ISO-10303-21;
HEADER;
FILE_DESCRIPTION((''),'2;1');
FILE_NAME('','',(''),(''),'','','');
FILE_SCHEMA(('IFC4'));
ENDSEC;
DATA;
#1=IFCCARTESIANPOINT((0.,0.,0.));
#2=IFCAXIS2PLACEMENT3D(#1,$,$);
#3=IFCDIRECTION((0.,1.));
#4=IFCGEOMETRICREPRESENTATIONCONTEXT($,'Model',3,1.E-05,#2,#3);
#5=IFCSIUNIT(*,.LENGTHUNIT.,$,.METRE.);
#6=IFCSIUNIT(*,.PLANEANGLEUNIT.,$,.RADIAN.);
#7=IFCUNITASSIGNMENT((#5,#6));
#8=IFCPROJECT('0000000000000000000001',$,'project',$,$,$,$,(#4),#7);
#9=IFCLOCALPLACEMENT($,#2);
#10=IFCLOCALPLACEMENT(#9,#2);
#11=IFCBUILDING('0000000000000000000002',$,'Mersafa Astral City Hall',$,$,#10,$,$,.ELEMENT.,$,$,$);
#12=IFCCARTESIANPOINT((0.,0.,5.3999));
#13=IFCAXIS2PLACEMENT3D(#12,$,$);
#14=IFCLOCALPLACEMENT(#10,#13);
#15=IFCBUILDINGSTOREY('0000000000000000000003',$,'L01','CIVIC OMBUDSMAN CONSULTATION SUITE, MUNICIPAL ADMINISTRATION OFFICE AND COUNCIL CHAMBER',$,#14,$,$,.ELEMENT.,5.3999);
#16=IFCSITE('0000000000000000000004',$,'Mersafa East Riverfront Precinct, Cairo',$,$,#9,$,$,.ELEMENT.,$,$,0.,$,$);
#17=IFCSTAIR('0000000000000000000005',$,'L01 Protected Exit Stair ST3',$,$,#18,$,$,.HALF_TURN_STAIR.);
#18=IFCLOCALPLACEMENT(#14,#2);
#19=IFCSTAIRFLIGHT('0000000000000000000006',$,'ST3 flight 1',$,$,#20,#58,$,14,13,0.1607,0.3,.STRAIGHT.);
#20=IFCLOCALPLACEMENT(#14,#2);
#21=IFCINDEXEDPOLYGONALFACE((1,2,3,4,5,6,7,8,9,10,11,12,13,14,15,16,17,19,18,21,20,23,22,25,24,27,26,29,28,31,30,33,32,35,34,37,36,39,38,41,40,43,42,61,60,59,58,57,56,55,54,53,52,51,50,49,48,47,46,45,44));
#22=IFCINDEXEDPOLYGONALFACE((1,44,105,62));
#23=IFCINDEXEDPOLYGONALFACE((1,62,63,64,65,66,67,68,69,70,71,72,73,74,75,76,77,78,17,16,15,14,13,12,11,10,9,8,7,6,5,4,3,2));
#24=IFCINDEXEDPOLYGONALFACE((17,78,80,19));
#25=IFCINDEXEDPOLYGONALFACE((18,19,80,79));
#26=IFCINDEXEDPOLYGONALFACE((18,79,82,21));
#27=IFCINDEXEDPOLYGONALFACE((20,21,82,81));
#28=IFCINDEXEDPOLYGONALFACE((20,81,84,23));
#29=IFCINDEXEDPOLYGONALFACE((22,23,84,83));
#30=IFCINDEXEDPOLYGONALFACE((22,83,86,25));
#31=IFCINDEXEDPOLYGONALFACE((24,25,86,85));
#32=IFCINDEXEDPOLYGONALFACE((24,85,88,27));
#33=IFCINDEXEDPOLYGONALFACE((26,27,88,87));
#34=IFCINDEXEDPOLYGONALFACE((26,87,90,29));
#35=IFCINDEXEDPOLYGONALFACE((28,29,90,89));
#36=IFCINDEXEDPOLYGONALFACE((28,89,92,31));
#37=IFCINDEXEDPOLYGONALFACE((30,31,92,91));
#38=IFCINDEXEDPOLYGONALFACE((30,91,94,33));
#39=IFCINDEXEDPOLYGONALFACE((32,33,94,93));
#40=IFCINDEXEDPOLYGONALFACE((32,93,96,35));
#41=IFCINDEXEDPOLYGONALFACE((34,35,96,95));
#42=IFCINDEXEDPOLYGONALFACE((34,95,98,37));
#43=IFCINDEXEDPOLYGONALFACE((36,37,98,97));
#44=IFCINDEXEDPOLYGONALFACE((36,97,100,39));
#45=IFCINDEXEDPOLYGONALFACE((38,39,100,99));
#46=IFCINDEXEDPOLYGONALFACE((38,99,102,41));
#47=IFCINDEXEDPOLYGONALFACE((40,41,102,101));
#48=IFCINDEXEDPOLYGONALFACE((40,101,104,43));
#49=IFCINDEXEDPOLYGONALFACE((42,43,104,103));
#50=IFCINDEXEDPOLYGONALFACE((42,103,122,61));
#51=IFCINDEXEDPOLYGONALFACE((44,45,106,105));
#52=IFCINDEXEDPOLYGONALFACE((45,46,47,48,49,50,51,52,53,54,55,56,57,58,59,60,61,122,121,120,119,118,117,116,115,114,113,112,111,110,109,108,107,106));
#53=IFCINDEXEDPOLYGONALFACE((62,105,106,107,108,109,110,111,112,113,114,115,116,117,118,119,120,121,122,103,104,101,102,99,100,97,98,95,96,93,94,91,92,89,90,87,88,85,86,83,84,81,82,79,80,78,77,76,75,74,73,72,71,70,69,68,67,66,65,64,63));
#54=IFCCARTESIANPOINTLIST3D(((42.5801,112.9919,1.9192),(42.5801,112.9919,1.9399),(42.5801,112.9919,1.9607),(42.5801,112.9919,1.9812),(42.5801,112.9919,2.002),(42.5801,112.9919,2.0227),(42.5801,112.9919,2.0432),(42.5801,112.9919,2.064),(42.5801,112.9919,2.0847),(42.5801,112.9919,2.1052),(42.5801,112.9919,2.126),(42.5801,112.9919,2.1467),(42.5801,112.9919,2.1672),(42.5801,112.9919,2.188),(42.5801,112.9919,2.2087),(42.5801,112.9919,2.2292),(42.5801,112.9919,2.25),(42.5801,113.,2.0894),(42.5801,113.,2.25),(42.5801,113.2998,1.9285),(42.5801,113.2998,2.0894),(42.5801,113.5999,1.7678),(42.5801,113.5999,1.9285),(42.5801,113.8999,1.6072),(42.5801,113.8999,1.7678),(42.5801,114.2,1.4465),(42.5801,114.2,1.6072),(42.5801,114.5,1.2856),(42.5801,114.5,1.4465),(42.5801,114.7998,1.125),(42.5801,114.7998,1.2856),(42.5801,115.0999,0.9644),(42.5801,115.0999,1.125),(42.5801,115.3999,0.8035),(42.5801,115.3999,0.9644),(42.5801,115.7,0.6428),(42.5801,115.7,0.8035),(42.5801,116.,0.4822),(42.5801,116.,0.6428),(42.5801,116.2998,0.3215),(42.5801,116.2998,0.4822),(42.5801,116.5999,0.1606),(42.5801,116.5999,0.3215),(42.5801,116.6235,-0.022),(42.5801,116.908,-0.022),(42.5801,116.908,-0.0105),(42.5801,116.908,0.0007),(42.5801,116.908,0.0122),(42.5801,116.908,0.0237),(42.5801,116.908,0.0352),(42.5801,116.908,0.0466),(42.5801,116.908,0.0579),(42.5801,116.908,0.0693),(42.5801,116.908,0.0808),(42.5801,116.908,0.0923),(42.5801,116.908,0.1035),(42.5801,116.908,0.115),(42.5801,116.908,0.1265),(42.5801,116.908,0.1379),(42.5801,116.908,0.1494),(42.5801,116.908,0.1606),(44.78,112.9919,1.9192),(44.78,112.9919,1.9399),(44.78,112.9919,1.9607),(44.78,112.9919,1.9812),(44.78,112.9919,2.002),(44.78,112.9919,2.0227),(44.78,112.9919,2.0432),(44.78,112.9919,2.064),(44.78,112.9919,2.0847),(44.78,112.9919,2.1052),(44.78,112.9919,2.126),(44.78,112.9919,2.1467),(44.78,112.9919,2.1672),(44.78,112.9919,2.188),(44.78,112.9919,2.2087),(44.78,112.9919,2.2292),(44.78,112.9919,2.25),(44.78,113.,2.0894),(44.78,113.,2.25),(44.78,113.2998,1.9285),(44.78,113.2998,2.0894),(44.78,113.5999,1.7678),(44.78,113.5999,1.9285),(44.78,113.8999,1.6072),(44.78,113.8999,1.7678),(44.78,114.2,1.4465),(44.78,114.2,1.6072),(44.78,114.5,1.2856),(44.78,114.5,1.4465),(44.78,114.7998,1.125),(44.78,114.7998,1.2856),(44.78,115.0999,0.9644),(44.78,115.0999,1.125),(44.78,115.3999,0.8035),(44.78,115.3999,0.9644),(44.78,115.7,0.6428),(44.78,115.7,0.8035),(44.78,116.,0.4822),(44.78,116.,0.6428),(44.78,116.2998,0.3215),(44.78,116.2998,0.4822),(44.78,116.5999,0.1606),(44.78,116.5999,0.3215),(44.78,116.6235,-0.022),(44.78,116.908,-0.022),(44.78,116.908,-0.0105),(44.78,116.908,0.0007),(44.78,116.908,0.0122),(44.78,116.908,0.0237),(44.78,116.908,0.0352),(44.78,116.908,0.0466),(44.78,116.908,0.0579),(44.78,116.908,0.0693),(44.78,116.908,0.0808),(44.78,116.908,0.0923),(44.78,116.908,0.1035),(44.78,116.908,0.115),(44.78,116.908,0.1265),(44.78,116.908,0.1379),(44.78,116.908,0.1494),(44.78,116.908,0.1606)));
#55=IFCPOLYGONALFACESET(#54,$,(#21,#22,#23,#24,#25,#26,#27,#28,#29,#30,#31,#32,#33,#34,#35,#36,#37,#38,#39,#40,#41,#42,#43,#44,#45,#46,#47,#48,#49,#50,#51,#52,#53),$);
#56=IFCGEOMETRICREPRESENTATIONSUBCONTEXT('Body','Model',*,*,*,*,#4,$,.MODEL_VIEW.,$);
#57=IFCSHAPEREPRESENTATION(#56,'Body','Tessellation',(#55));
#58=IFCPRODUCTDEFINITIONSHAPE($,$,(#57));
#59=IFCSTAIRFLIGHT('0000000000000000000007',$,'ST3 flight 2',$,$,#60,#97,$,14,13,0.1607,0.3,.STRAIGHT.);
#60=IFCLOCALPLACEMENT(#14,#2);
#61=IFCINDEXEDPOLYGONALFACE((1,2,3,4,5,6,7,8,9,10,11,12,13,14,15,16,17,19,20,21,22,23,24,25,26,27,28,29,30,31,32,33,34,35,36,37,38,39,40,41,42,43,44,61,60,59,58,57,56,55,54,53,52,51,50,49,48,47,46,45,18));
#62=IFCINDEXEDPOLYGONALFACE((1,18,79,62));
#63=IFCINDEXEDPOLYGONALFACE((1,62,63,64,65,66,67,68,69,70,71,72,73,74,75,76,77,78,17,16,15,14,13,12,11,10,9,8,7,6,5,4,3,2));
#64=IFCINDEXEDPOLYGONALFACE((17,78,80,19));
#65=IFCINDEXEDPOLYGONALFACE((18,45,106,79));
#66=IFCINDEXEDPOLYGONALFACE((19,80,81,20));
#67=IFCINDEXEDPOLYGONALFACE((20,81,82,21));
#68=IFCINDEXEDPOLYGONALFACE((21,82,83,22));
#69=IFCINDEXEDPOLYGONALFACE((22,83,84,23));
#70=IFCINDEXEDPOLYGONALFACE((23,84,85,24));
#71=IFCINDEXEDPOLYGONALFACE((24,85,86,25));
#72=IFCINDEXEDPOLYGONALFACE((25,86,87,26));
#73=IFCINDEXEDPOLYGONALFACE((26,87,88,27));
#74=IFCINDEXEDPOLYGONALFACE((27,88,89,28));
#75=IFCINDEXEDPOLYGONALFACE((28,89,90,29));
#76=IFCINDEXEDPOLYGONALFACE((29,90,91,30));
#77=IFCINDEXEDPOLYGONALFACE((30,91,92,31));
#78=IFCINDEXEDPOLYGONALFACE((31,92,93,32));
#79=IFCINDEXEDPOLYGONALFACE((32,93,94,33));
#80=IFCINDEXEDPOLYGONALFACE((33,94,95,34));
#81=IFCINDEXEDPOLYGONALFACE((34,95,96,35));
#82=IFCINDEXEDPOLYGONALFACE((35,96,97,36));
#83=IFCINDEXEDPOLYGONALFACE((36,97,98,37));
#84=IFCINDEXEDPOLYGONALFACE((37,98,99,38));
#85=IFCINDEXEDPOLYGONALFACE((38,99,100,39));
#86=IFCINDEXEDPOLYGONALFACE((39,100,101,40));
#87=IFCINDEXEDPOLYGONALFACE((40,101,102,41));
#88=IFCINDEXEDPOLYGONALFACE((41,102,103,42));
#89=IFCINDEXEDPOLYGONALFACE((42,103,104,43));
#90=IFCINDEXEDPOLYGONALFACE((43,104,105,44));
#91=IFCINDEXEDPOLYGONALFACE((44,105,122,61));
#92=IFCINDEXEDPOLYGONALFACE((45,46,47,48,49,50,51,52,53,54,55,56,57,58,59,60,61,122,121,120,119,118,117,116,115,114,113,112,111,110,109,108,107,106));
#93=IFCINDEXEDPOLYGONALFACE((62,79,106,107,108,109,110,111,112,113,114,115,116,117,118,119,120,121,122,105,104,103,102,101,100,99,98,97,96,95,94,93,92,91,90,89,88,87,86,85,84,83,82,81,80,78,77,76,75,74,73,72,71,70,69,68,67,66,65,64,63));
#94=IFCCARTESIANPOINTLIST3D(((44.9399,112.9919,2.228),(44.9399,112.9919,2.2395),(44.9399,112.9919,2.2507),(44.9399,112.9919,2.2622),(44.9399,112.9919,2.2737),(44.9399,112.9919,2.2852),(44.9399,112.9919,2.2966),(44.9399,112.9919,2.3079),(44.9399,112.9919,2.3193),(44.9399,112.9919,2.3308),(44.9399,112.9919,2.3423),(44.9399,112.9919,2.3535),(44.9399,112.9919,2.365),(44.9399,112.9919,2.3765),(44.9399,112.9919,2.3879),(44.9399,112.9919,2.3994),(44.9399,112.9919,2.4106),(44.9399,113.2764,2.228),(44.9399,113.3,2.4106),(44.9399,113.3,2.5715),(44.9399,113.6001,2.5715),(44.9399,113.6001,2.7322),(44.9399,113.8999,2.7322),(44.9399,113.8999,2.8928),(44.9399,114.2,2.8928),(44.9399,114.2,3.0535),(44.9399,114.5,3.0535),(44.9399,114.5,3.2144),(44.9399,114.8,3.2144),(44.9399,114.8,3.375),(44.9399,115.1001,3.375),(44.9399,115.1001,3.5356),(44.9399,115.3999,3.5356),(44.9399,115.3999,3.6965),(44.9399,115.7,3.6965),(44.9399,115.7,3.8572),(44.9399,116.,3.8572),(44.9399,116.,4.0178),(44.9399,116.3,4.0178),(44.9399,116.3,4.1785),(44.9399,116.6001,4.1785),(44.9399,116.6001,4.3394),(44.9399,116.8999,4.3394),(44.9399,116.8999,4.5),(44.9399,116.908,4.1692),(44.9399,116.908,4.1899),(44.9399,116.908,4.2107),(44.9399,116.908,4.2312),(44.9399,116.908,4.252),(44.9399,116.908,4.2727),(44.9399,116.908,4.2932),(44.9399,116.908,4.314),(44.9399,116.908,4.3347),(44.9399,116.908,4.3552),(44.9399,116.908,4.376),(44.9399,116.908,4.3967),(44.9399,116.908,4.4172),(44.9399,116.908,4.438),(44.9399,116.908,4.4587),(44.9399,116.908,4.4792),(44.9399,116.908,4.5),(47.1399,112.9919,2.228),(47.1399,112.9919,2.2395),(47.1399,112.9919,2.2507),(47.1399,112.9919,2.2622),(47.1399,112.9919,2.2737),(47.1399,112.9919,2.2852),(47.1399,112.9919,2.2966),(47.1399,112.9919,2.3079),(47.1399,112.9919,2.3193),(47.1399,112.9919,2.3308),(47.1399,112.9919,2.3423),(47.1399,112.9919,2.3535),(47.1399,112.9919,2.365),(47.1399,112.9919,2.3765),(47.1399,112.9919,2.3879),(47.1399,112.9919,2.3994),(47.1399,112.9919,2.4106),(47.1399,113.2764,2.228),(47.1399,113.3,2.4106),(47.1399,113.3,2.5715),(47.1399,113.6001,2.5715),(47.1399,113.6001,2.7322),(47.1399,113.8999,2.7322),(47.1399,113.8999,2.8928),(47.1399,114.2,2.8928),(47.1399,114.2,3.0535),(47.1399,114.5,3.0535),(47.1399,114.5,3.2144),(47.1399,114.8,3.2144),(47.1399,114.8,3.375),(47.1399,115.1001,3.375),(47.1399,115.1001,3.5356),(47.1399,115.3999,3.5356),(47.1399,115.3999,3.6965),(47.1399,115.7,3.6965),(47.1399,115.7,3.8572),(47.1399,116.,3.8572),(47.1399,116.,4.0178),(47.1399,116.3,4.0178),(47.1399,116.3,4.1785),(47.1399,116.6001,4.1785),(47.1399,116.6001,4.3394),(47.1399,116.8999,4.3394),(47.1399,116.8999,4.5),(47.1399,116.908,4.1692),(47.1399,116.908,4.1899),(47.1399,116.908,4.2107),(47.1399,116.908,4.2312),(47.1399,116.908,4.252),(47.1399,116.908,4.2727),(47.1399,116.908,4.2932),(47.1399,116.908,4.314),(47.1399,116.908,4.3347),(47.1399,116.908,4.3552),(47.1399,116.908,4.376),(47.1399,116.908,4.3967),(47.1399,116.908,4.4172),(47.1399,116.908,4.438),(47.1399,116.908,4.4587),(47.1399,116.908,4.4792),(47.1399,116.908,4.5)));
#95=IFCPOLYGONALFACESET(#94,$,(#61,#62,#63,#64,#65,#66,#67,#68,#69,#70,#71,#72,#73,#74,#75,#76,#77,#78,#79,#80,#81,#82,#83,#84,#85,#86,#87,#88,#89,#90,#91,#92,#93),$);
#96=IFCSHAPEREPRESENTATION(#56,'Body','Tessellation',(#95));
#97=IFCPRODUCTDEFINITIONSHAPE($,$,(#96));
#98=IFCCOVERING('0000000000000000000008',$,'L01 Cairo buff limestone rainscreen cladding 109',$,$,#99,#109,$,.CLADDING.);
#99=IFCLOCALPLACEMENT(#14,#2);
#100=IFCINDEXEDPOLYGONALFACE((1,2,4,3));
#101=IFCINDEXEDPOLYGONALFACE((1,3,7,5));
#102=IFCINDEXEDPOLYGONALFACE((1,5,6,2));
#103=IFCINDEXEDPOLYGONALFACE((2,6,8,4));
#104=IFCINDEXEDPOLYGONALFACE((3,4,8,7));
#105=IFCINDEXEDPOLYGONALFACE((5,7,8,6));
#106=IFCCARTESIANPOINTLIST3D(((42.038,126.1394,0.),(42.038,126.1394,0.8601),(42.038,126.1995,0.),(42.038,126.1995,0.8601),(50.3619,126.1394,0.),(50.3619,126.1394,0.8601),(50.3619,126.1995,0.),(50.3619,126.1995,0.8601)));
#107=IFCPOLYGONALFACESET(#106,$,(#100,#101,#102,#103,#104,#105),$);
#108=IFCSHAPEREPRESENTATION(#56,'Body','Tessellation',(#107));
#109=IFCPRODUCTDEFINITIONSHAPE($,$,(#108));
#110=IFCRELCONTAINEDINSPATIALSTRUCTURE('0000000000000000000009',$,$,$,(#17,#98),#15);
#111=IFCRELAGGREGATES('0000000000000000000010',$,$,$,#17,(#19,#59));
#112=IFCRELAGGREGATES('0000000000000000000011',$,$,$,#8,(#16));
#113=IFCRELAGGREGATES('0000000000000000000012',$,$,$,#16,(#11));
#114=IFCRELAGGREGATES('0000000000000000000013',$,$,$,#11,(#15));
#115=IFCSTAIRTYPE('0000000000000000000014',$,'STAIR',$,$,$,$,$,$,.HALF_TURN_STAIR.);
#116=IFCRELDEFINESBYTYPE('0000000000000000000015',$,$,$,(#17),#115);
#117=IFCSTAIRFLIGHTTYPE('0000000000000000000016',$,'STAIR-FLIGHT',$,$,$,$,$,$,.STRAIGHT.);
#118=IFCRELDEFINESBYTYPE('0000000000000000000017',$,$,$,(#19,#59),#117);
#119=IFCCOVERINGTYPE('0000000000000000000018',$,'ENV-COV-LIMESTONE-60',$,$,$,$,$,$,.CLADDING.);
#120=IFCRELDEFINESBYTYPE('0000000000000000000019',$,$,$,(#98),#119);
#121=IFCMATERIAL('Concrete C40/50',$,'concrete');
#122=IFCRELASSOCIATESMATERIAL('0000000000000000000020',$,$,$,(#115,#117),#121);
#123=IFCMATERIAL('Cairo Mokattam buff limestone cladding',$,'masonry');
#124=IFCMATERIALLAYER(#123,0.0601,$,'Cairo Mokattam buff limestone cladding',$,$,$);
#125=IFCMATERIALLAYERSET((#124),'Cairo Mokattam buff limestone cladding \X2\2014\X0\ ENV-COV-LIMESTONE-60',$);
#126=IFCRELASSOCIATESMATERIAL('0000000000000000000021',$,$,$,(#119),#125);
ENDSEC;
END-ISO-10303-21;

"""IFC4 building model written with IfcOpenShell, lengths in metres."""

from ifc_helpers import new_model, si_unit, direction, frame, origin, origin_2d, place, context, subcontext, project, spatial, polyline, rectangle, outline, extrude, material, layer, layer_set, type_object, element, aggregate, save


model = new_model("IFC4")

# Units and contexts
model_context = context("Model", 3, precision=1e-05, world=origin(), true_north=direction((0.0, 1.0)))
body_context = subcontext(model_context, "Body", "Model", "MODEL_VIEW")
ifc_project = project(units=[si_unit("LENGTHUNIT", "METRE"), si_unit("PLANEANGLEUNIT", "RADIAN")], contexts=[model_context])

# Site, building, storey
site_placement = place(None, origin())
site = spatial("IfcSite", under=ifc_project, at=site_placement, Name="Mersafa East Riverfront Precinct, Cairo", CompositionType="ELEMENT", RefElevation=0.0)
building_placement = place(site_placement, origin())
building = spatial("IfcBuilding", under=site, at=building_placement, Name="Mersafa Astral City Hall", CompositionType="ELEMENT")
storey_placement = place(building_placement, frame((0.0, 0.0, 5.3999)))
storey = spatial("IfcBuildingStorey", under=building, at=storey_placement, Name="L01", Description="CIVIC OMBUDSMAN CONSULTATION SUITE, MUNICIPAL ADMINISTRATION OFFICE AND COUNCIL CHAMBER", CompositionType="ELEMENT", Elevation=5.3999)

# Shared definitions
ifc_material_1 = material(Name="Concrete C40/50", Category="concrete")

# Stair, stair flights
stair_type = type_object("IfcStairType", Name="STAIR", PredefinedType="HALF_TURN_STAIR", material=ifc_material_1)
stair_placement = place(storey_placement, origin())
stair = element("IfcStair", 1, at=stair_placement, inside=storey, type_object=stair_type, Name="L01 Protected Exit Stair ST3", PredefinedType="HALF_TURN_STAIR")
stair_flight_type = type_object("IfcStairFlightType", Name="STAIR-FLIGHT", PredefinedType="STRAIGHT", material=ifc_material_1)
stair_flight_1_placement = place(storey_placement, frame((43.6799, 116.8999, 0.0), z_axis=(0.0, 0.0, 1.0), x_axis=(0.0, -1.0, 0.0)))
stair_flight_1 = element("IfcStairFlight", 2, at=stair_flight_1_placement, type_object=stair_flight_type, Name="ST3 flight 1", NumberOfRisers=14, NumberOfTreads=13, PredefinedType="STRAIGHT", RiserHeight=0.1607, TreadLength=0.3, context=body_context, shape_type="SweptSolid", body=[
    extrude(outline(polyline([(-0.0081, -0.022), (-0.0081, -0.0105), (-0.0081, 0.0007), (-0.0081, 0.0122), (-0.0081, 0.0237), (-0.0081, 0.0352), (-0.0081, 0.0466), (-0.0081, 0.0579), (-0.0081, 0.0693), (-0.0081, 0.0808), (-0.0081, 0.0923), (-0.0081, 0.1035), (-0.0081, 0.115), (-0.0081, 0.1265), (-0.0081, 0.1379), (-0.0081, 0.1494), (-0.0081, 0.1606), (0.3, 0.1606), (0.3, 0.3215), (0.6001, 0.3215), (0.6001, 0.4822), (0.8999, 0.4822), (0.8999, 0.6428), (1.2, 0.6428), (1.2, 0.8035), (1.5, 0.8035), (1.5, 0.9644), (1.8, 0.9644), (1.8, 1.125), (2.1001, 1.125), (2.1001, 1.2856), (2.3999, 1.2856), (2.3999, 1.4465), (2.7, 1.4465), (2.7, 1.6072), (3.0, 1.6072), (3.0, 1.7678), (3.3, 1.7678), (3.3, 1.9285), (3.6001, 1.9285), (3.6001, 2.0894), (3.8999, 2.0894), (3.8999, 2.25), (3.908, 2.25), (3.908, 2.2292), (3.908, 2.2087), (3.908, 2.188), (3.908, 2.1672), (3.908, 2.1467), (3.908, 2.126), (3.908, 2.1052), (3.908, 2.0847), (3.908, 2.064), (3.908, 2.0432), (3.908, 2.0227), (3.908, 2.002), (3.908, 1.9812), (3.908, 1.9607), (3.908, 1.9399), (3.908, 1.9192), (0.2764, -0.022), (-0.0081, -0.022)])), frame((0.0, 1.1001, 0.0), z_axis=(0.0, -1.0, 0.0), x_axis=(1.0, 0.0, 0.0)), (0.0, 0.0, 1.0), 2.2),
])
stair_flight_2_placement = place(storey_placement, frame((46.04, 113.0, 2.25), z_axis=(0.0, 0.0, 1.0), x_axis=(0.0, 1.0, 0.0)))
stair_flight_2 = element("IfcStairFlight", 3, at=stair_flight_2_placement, type_object=stair_flight_type, Name="ST3 flight 2", NumberOfRisers=14, NumberOfTreads=13, PredefinedType="STRAIGHT", RiserHeight=0.1607, TreadLength=0.3, context=body_context, shape_type="SweptSolid", body=[
    extrude(outline(polyline([(-0.0081, -0.022), (-0.0081, -0.0105), (-0.0081, 0.0007), (-0.0081, 0.0122), (-0.0081, 0.0237), (-0.0081, 0.0352), (-0.0081, 0.0466), (-0.0081, 0.0579), (-0.0081, 0.0693), (-0.0081, 0.0808), (-0.0081, 0.0923), (-0.0081, 0.1035), (-0.0081, 0.115), (-0.0081, 0.1265), (-0.0081, 0.1379), (-0.0081, 0.1494), (-0.0081, 0.1606), (0.3, 0.1606), (0.3, 0.3215), (0.6001, 0.3215), (0.6001, 0.4822), (0.8999, 0.4822), (0.8999, 0.6428), (1.2, 0.6428), (1.2, 0.8035), (1.5, 0.8035), (1.5, 0.9644), (1.8, 0.9644), (1.8, 1.125), (2.1001, 1.125), (2.1001, 1.2856), (2.3999, 1.2856), (2.3999, 1.4465), (2.7, 1.4465), (2.7, 1.6072), (3.0, 1.6072), (3.0, 1.7678), (3.3, 1.7678), (3.3, 1.9285), (3.6001, 1.9285), (3.6001, 2.0894), (3.8999, 2.0894), (3.8999, 2.25), (3.908, 2.25), (3.908, 2.2292), (3.908, 2.2087), (3.908, 2.188), (3.908, 2.1672), (3.908, 2.1467), (3.908, 2.126), (3.908, 2.1052), (3.908, 2.0847), (3.908, 2.064), (3.908, 2.0432), (3.908, 2.0227), (3.908, 2.002), (3.908, 1.9812), (3.908, 1.9607), (3.908, 1.9399), (3.908, 1.9192), (0.2764, -0.022), (-0.0081, -0.022)])), frame((0.0, 1.1001, 0.0), z_axis=(0.0, -1.0, 0.0), x_axis=(1.0, 0.0, 0.0)), (0.0, 0.0, 1.0), 2.2),
])
aggregate(stair, [stair_flight_1, stair_flight_2])

# Covering
ifc_material_2 = material(Name="Cairo Mokattam buff limestone cladding", Category="masonry")
ifc_layer_1 = layer(ifc_material_2, 0.0601, Name="Cairo Mokattam buff limestone cladding")
ifc_layer_set_1 = layer_set([ifc_layer_1], Name="Cairo Mokattam buff limestone cladding — ENV-COV-LIMESTONE-60")
covering_type = type_object("IfcCoveringType", Name="ENV-COV-LIMESTONE-60", PredefinedType="CLADDING", material=ifc_layer_set_1)
covering_placement = place(storey_placement, frame((46.2, 126.1694, 0.0), z_axis=(0.0, 0.0, 1.0), x_axis=(-1.0, 0.0, 0.0)))
element("IfcCovering", 4, at=covering_placement, inside=storey, type_object=covering_type, Name="L01 Cairo buff limestone rainscreen cladding 109", PredefinedType="CLADDING", context=body_context, shape_type="SweptSolid", body=[
    extrude(rectangle(XDim=8.324, YDim=0.0601, at=origin_2d()), origin(), (0.0, 0.0, 1.0), 0.8601),
])

save(model, "model.ifc")
